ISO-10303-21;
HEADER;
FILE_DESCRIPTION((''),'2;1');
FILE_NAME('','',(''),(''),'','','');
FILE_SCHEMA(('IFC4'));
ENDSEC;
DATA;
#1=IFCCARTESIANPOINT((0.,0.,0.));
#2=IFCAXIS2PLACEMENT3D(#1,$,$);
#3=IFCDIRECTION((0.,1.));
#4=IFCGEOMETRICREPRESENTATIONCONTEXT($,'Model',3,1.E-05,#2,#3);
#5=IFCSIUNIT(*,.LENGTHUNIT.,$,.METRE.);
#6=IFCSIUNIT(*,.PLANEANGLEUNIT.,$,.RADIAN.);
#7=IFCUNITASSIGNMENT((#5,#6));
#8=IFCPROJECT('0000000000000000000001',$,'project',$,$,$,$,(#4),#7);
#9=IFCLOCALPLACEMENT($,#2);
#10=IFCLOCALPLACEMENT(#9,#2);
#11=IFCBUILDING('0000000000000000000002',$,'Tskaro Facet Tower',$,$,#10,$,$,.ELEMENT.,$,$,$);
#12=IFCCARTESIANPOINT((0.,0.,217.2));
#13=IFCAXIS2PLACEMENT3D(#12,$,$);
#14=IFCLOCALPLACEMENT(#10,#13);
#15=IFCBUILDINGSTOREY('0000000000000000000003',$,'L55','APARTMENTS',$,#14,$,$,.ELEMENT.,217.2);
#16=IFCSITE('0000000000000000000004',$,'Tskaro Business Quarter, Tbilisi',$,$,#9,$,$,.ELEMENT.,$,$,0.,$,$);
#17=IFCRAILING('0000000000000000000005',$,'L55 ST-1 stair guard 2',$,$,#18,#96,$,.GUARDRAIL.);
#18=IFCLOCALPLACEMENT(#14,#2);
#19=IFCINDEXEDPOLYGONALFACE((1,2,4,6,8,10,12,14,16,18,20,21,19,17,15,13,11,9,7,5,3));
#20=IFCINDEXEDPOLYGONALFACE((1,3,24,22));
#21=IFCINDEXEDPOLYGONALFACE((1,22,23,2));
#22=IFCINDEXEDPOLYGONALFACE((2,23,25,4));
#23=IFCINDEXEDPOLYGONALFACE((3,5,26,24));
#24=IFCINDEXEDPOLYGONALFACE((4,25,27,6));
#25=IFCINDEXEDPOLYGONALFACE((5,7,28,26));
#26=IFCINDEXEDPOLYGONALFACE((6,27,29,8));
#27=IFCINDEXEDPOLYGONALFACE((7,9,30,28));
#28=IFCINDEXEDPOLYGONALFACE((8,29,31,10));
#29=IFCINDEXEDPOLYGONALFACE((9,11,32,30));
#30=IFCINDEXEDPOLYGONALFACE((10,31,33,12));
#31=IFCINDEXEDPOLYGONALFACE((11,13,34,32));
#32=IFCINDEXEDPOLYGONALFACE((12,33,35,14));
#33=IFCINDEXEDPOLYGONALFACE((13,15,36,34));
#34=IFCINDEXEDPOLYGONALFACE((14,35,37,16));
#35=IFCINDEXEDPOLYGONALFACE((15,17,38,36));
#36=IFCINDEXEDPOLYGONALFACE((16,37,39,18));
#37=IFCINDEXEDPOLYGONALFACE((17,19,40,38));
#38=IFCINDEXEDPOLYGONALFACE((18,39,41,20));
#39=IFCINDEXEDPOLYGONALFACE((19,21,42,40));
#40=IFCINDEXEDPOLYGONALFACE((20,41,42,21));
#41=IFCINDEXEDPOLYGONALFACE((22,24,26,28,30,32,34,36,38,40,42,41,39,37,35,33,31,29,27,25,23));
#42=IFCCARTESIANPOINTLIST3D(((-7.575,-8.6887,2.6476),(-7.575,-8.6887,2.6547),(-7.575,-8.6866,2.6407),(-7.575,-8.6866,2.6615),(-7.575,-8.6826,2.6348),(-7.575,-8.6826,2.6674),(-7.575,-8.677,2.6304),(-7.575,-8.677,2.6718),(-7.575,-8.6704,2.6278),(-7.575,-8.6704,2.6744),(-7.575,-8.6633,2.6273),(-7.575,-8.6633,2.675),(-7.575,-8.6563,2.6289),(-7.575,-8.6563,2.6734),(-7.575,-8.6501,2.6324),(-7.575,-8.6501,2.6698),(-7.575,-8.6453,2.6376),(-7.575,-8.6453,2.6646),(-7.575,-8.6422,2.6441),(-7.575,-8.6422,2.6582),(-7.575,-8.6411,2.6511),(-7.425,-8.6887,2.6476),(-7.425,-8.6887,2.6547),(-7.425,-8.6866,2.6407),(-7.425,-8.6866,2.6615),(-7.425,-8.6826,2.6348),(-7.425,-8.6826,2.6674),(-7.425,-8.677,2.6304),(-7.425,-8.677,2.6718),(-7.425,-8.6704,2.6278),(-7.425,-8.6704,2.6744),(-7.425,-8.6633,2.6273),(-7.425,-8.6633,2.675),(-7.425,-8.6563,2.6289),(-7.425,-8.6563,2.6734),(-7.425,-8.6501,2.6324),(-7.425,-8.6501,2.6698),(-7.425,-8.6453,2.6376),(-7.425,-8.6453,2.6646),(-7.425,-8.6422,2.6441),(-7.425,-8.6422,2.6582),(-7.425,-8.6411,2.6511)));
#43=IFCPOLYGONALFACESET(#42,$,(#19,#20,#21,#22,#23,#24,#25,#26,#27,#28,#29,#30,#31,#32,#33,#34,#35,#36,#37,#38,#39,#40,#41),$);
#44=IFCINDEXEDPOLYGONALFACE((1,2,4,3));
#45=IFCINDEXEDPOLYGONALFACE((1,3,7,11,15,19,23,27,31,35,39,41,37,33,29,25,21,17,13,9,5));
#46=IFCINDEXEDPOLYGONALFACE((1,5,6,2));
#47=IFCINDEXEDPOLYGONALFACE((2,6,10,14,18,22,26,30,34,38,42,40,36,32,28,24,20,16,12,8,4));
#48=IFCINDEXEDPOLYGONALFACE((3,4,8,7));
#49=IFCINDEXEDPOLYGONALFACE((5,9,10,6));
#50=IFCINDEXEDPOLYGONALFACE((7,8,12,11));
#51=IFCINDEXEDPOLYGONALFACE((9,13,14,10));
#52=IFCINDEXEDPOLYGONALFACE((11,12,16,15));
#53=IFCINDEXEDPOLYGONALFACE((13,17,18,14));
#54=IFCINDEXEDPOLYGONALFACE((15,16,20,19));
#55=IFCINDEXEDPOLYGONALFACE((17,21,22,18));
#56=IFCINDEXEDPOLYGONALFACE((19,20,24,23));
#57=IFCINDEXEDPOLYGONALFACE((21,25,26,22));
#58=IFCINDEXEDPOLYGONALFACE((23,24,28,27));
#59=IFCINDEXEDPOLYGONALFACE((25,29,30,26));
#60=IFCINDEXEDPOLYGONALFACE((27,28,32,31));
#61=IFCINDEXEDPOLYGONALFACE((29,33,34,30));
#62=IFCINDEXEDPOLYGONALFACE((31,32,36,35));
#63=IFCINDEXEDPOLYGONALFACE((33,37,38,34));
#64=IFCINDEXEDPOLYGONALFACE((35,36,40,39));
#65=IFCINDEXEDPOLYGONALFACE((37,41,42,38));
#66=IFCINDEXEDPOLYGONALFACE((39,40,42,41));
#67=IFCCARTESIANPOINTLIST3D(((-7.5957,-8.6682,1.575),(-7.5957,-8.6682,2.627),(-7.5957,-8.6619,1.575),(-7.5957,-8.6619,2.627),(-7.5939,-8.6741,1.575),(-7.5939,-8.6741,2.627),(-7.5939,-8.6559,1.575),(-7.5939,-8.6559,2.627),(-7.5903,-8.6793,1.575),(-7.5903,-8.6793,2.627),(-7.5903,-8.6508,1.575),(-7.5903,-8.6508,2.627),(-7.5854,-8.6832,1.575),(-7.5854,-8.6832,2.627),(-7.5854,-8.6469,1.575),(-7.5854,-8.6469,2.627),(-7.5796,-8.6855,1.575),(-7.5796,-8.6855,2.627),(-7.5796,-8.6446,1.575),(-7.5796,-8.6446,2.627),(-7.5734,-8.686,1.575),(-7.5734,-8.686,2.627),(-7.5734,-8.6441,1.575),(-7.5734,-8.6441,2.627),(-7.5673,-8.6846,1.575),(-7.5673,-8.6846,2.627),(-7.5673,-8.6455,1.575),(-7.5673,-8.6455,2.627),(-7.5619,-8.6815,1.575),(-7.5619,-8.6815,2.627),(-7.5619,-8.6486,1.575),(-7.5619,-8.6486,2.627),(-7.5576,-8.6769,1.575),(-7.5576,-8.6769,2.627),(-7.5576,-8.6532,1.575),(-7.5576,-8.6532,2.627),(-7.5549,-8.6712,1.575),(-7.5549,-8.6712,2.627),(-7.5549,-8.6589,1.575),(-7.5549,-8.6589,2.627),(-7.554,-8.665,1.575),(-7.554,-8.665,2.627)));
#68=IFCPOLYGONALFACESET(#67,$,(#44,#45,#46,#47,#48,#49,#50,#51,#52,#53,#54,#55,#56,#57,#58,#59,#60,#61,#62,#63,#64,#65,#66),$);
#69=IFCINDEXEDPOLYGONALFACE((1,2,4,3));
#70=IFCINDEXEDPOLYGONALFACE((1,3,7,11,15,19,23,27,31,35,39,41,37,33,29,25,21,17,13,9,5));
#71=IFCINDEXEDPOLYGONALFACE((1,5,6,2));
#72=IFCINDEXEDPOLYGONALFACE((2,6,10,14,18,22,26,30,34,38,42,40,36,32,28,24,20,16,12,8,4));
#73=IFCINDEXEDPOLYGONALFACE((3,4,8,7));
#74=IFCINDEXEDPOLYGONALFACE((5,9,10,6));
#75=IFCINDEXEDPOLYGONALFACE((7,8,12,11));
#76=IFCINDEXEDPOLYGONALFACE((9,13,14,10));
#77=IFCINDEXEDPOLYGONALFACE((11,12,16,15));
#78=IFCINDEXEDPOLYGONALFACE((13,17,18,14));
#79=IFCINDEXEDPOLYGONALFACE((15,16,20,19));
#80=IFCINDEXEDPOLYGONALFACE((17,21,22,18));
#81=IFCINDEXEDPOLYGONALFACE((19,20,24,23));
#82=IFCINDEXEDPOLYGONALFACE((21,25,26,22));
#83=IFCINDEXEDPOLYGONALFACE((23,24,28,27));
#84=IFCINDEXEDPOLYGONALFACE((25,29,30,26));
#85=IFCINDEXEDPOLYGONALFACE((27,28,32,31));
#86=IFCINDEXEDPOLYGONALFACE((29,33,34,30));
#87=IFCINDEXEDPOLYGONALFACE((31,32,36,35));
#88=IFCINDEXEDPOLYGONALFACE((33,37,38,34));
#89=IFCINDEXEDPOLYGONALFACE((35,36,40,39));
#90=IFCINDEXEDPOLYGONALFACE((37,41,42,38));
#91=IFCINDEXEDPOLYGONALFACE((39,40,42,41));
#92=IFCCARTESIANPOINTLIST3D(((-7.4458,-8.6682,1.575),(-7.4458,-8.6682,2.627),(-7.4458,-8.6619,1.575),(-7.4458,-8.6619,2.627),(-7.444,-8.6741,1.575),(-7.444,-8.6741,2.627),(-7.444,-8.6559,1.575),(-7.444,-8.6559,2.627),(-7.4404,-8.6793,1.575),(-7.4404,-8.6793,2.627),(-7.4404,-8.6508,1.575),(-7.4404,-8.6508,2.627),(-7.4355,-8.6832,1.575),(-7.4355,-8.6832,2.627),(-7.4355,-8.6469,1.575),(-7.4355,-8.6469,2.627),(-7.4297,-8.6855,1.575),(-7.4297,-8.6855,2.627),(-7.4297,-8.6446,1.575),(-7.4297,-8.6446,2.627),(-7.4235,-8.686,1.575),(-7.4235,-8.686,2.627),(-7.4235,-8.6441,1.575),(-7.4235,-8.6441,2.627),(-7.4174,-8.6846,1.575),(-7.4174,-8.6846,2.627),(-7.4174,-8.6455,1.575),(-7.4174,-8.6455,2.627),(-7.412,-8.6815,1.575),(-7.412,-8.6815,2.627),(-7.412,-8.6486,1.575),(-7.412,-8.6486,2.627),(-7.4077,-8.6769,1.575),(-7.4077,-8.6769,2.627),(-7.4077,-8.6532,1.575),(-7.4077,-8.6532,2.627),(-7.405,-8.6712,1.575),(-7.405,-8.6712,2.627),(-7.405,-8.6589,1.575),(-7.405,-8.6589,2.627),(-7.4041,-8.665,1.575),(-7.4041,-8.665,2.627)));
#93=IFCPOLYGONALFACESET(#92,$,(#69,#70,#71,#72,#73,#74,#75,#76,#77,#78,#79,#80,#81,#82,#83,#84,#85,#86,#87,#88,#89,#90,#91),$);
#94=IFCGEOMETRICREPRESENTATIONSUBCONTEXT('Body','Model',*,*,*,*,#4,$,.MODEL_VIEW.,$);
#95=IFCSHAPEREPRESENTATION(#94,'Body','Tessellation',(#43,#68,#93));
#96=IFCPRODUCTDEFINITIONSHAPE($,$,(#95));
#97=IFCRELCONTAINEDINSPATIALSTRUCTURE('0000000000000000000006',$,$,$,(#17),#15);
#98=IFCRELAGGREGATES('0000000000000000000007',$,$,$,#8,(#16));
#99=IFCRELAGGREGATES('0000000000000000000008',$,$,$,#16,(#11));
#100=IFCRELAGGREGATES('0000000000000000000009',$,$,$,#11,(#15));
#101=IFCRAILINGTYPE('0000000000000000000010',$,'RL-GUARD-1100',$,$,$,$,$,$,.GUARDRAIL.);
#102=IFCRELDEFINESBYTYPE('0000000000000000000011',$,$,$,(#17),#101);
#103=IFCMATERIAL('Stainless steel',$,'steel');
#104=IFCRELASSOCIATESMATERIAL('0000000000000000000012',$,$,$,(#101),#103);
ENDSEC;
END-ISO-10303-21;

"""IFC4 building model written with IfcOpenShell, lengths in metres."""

from ifc_helpers import new_model, si_unit, direction, frame, origin, origin_2d, place, context, subcontext, project, spatial, circle, extrude, material, type_object, element, save


model = new_model("IFC4")

# Units and contexts
model_context = context("Model", 3, precision=1e-05, world=origin(), true_north=direction((0.0, 1.0)))
body_context = subcontext(model_context, "Body", "Model", "MODEL_VIEW")
ifc_project = project(units=[si_unit("LENGTHUNIT", "METRE"), si_unit("PLANEANGLEUNIT", "RADIAN")], contexts=[model_context])

# Site, building, storey
site_placement = place(None, origin())
site = spatial("IfcSite", under=ifc_project, at=site_placement, Name="Tskaro Business Quarter, Tbilisi", CompositionType="ELEMENT", RefElevation=0.0)
building_placement = place(site_placement, origin())
building = spatial("IfcBuilding", under=site, at=building_placement, Name="Tskaro Facet Tower", CompositionType="ELEMENT")
storey_placement = place(building_placement, frame((0.0, 0.0, 217.2)))
storey = spatial("IfcBuildingStorey", under=building, at=storey_placement, Name="L55", Description="APARTMENTS", CompositionType="ELEMENT", Elevation=217.2)

# Shared definitions
ifc_material_1 = material(Name="Stainless steel", Category="steel")

# Railing
railing_type_1 = type_object("IfcRailingType", Name="RL-GUARD-1100", PredefinedType="GUARDRAIL", material=ifc_material_1)
railing_1_placement = place(storey_placement, frame((-7.575, -8.665, 1.575)))
element("IfcRailing", 1, at=railing_1_placement, inside=storey, type_object=railing_type_1, Name="L55 ST-1 stair guard 2", PredefinedType="GUARDRAIL", context=body_context, shape_type="SweptSolid", body=[
    extrude(circle(Radius=0.0239, at=origin_2d()), frame((0.0, 0.0, 1.0762), z_axis=(1.0, 0.0, 0.0), x_axis=(0.0, 1.0, 0.0)), (0.0, 0.0, 1.0), 0.1499),
    extrude(circle(Radius=0.021, at=origin_2d()), origin(), (0.0, 0.0, 1.0), 1.052),
    extrude(circle(Radius=0.021, at=origin_2d()), frame((0.1499, 0.0, 0.0)), (0.0, 0.0, 1.0), 1.052),
])

save(model, "model.ifc")
